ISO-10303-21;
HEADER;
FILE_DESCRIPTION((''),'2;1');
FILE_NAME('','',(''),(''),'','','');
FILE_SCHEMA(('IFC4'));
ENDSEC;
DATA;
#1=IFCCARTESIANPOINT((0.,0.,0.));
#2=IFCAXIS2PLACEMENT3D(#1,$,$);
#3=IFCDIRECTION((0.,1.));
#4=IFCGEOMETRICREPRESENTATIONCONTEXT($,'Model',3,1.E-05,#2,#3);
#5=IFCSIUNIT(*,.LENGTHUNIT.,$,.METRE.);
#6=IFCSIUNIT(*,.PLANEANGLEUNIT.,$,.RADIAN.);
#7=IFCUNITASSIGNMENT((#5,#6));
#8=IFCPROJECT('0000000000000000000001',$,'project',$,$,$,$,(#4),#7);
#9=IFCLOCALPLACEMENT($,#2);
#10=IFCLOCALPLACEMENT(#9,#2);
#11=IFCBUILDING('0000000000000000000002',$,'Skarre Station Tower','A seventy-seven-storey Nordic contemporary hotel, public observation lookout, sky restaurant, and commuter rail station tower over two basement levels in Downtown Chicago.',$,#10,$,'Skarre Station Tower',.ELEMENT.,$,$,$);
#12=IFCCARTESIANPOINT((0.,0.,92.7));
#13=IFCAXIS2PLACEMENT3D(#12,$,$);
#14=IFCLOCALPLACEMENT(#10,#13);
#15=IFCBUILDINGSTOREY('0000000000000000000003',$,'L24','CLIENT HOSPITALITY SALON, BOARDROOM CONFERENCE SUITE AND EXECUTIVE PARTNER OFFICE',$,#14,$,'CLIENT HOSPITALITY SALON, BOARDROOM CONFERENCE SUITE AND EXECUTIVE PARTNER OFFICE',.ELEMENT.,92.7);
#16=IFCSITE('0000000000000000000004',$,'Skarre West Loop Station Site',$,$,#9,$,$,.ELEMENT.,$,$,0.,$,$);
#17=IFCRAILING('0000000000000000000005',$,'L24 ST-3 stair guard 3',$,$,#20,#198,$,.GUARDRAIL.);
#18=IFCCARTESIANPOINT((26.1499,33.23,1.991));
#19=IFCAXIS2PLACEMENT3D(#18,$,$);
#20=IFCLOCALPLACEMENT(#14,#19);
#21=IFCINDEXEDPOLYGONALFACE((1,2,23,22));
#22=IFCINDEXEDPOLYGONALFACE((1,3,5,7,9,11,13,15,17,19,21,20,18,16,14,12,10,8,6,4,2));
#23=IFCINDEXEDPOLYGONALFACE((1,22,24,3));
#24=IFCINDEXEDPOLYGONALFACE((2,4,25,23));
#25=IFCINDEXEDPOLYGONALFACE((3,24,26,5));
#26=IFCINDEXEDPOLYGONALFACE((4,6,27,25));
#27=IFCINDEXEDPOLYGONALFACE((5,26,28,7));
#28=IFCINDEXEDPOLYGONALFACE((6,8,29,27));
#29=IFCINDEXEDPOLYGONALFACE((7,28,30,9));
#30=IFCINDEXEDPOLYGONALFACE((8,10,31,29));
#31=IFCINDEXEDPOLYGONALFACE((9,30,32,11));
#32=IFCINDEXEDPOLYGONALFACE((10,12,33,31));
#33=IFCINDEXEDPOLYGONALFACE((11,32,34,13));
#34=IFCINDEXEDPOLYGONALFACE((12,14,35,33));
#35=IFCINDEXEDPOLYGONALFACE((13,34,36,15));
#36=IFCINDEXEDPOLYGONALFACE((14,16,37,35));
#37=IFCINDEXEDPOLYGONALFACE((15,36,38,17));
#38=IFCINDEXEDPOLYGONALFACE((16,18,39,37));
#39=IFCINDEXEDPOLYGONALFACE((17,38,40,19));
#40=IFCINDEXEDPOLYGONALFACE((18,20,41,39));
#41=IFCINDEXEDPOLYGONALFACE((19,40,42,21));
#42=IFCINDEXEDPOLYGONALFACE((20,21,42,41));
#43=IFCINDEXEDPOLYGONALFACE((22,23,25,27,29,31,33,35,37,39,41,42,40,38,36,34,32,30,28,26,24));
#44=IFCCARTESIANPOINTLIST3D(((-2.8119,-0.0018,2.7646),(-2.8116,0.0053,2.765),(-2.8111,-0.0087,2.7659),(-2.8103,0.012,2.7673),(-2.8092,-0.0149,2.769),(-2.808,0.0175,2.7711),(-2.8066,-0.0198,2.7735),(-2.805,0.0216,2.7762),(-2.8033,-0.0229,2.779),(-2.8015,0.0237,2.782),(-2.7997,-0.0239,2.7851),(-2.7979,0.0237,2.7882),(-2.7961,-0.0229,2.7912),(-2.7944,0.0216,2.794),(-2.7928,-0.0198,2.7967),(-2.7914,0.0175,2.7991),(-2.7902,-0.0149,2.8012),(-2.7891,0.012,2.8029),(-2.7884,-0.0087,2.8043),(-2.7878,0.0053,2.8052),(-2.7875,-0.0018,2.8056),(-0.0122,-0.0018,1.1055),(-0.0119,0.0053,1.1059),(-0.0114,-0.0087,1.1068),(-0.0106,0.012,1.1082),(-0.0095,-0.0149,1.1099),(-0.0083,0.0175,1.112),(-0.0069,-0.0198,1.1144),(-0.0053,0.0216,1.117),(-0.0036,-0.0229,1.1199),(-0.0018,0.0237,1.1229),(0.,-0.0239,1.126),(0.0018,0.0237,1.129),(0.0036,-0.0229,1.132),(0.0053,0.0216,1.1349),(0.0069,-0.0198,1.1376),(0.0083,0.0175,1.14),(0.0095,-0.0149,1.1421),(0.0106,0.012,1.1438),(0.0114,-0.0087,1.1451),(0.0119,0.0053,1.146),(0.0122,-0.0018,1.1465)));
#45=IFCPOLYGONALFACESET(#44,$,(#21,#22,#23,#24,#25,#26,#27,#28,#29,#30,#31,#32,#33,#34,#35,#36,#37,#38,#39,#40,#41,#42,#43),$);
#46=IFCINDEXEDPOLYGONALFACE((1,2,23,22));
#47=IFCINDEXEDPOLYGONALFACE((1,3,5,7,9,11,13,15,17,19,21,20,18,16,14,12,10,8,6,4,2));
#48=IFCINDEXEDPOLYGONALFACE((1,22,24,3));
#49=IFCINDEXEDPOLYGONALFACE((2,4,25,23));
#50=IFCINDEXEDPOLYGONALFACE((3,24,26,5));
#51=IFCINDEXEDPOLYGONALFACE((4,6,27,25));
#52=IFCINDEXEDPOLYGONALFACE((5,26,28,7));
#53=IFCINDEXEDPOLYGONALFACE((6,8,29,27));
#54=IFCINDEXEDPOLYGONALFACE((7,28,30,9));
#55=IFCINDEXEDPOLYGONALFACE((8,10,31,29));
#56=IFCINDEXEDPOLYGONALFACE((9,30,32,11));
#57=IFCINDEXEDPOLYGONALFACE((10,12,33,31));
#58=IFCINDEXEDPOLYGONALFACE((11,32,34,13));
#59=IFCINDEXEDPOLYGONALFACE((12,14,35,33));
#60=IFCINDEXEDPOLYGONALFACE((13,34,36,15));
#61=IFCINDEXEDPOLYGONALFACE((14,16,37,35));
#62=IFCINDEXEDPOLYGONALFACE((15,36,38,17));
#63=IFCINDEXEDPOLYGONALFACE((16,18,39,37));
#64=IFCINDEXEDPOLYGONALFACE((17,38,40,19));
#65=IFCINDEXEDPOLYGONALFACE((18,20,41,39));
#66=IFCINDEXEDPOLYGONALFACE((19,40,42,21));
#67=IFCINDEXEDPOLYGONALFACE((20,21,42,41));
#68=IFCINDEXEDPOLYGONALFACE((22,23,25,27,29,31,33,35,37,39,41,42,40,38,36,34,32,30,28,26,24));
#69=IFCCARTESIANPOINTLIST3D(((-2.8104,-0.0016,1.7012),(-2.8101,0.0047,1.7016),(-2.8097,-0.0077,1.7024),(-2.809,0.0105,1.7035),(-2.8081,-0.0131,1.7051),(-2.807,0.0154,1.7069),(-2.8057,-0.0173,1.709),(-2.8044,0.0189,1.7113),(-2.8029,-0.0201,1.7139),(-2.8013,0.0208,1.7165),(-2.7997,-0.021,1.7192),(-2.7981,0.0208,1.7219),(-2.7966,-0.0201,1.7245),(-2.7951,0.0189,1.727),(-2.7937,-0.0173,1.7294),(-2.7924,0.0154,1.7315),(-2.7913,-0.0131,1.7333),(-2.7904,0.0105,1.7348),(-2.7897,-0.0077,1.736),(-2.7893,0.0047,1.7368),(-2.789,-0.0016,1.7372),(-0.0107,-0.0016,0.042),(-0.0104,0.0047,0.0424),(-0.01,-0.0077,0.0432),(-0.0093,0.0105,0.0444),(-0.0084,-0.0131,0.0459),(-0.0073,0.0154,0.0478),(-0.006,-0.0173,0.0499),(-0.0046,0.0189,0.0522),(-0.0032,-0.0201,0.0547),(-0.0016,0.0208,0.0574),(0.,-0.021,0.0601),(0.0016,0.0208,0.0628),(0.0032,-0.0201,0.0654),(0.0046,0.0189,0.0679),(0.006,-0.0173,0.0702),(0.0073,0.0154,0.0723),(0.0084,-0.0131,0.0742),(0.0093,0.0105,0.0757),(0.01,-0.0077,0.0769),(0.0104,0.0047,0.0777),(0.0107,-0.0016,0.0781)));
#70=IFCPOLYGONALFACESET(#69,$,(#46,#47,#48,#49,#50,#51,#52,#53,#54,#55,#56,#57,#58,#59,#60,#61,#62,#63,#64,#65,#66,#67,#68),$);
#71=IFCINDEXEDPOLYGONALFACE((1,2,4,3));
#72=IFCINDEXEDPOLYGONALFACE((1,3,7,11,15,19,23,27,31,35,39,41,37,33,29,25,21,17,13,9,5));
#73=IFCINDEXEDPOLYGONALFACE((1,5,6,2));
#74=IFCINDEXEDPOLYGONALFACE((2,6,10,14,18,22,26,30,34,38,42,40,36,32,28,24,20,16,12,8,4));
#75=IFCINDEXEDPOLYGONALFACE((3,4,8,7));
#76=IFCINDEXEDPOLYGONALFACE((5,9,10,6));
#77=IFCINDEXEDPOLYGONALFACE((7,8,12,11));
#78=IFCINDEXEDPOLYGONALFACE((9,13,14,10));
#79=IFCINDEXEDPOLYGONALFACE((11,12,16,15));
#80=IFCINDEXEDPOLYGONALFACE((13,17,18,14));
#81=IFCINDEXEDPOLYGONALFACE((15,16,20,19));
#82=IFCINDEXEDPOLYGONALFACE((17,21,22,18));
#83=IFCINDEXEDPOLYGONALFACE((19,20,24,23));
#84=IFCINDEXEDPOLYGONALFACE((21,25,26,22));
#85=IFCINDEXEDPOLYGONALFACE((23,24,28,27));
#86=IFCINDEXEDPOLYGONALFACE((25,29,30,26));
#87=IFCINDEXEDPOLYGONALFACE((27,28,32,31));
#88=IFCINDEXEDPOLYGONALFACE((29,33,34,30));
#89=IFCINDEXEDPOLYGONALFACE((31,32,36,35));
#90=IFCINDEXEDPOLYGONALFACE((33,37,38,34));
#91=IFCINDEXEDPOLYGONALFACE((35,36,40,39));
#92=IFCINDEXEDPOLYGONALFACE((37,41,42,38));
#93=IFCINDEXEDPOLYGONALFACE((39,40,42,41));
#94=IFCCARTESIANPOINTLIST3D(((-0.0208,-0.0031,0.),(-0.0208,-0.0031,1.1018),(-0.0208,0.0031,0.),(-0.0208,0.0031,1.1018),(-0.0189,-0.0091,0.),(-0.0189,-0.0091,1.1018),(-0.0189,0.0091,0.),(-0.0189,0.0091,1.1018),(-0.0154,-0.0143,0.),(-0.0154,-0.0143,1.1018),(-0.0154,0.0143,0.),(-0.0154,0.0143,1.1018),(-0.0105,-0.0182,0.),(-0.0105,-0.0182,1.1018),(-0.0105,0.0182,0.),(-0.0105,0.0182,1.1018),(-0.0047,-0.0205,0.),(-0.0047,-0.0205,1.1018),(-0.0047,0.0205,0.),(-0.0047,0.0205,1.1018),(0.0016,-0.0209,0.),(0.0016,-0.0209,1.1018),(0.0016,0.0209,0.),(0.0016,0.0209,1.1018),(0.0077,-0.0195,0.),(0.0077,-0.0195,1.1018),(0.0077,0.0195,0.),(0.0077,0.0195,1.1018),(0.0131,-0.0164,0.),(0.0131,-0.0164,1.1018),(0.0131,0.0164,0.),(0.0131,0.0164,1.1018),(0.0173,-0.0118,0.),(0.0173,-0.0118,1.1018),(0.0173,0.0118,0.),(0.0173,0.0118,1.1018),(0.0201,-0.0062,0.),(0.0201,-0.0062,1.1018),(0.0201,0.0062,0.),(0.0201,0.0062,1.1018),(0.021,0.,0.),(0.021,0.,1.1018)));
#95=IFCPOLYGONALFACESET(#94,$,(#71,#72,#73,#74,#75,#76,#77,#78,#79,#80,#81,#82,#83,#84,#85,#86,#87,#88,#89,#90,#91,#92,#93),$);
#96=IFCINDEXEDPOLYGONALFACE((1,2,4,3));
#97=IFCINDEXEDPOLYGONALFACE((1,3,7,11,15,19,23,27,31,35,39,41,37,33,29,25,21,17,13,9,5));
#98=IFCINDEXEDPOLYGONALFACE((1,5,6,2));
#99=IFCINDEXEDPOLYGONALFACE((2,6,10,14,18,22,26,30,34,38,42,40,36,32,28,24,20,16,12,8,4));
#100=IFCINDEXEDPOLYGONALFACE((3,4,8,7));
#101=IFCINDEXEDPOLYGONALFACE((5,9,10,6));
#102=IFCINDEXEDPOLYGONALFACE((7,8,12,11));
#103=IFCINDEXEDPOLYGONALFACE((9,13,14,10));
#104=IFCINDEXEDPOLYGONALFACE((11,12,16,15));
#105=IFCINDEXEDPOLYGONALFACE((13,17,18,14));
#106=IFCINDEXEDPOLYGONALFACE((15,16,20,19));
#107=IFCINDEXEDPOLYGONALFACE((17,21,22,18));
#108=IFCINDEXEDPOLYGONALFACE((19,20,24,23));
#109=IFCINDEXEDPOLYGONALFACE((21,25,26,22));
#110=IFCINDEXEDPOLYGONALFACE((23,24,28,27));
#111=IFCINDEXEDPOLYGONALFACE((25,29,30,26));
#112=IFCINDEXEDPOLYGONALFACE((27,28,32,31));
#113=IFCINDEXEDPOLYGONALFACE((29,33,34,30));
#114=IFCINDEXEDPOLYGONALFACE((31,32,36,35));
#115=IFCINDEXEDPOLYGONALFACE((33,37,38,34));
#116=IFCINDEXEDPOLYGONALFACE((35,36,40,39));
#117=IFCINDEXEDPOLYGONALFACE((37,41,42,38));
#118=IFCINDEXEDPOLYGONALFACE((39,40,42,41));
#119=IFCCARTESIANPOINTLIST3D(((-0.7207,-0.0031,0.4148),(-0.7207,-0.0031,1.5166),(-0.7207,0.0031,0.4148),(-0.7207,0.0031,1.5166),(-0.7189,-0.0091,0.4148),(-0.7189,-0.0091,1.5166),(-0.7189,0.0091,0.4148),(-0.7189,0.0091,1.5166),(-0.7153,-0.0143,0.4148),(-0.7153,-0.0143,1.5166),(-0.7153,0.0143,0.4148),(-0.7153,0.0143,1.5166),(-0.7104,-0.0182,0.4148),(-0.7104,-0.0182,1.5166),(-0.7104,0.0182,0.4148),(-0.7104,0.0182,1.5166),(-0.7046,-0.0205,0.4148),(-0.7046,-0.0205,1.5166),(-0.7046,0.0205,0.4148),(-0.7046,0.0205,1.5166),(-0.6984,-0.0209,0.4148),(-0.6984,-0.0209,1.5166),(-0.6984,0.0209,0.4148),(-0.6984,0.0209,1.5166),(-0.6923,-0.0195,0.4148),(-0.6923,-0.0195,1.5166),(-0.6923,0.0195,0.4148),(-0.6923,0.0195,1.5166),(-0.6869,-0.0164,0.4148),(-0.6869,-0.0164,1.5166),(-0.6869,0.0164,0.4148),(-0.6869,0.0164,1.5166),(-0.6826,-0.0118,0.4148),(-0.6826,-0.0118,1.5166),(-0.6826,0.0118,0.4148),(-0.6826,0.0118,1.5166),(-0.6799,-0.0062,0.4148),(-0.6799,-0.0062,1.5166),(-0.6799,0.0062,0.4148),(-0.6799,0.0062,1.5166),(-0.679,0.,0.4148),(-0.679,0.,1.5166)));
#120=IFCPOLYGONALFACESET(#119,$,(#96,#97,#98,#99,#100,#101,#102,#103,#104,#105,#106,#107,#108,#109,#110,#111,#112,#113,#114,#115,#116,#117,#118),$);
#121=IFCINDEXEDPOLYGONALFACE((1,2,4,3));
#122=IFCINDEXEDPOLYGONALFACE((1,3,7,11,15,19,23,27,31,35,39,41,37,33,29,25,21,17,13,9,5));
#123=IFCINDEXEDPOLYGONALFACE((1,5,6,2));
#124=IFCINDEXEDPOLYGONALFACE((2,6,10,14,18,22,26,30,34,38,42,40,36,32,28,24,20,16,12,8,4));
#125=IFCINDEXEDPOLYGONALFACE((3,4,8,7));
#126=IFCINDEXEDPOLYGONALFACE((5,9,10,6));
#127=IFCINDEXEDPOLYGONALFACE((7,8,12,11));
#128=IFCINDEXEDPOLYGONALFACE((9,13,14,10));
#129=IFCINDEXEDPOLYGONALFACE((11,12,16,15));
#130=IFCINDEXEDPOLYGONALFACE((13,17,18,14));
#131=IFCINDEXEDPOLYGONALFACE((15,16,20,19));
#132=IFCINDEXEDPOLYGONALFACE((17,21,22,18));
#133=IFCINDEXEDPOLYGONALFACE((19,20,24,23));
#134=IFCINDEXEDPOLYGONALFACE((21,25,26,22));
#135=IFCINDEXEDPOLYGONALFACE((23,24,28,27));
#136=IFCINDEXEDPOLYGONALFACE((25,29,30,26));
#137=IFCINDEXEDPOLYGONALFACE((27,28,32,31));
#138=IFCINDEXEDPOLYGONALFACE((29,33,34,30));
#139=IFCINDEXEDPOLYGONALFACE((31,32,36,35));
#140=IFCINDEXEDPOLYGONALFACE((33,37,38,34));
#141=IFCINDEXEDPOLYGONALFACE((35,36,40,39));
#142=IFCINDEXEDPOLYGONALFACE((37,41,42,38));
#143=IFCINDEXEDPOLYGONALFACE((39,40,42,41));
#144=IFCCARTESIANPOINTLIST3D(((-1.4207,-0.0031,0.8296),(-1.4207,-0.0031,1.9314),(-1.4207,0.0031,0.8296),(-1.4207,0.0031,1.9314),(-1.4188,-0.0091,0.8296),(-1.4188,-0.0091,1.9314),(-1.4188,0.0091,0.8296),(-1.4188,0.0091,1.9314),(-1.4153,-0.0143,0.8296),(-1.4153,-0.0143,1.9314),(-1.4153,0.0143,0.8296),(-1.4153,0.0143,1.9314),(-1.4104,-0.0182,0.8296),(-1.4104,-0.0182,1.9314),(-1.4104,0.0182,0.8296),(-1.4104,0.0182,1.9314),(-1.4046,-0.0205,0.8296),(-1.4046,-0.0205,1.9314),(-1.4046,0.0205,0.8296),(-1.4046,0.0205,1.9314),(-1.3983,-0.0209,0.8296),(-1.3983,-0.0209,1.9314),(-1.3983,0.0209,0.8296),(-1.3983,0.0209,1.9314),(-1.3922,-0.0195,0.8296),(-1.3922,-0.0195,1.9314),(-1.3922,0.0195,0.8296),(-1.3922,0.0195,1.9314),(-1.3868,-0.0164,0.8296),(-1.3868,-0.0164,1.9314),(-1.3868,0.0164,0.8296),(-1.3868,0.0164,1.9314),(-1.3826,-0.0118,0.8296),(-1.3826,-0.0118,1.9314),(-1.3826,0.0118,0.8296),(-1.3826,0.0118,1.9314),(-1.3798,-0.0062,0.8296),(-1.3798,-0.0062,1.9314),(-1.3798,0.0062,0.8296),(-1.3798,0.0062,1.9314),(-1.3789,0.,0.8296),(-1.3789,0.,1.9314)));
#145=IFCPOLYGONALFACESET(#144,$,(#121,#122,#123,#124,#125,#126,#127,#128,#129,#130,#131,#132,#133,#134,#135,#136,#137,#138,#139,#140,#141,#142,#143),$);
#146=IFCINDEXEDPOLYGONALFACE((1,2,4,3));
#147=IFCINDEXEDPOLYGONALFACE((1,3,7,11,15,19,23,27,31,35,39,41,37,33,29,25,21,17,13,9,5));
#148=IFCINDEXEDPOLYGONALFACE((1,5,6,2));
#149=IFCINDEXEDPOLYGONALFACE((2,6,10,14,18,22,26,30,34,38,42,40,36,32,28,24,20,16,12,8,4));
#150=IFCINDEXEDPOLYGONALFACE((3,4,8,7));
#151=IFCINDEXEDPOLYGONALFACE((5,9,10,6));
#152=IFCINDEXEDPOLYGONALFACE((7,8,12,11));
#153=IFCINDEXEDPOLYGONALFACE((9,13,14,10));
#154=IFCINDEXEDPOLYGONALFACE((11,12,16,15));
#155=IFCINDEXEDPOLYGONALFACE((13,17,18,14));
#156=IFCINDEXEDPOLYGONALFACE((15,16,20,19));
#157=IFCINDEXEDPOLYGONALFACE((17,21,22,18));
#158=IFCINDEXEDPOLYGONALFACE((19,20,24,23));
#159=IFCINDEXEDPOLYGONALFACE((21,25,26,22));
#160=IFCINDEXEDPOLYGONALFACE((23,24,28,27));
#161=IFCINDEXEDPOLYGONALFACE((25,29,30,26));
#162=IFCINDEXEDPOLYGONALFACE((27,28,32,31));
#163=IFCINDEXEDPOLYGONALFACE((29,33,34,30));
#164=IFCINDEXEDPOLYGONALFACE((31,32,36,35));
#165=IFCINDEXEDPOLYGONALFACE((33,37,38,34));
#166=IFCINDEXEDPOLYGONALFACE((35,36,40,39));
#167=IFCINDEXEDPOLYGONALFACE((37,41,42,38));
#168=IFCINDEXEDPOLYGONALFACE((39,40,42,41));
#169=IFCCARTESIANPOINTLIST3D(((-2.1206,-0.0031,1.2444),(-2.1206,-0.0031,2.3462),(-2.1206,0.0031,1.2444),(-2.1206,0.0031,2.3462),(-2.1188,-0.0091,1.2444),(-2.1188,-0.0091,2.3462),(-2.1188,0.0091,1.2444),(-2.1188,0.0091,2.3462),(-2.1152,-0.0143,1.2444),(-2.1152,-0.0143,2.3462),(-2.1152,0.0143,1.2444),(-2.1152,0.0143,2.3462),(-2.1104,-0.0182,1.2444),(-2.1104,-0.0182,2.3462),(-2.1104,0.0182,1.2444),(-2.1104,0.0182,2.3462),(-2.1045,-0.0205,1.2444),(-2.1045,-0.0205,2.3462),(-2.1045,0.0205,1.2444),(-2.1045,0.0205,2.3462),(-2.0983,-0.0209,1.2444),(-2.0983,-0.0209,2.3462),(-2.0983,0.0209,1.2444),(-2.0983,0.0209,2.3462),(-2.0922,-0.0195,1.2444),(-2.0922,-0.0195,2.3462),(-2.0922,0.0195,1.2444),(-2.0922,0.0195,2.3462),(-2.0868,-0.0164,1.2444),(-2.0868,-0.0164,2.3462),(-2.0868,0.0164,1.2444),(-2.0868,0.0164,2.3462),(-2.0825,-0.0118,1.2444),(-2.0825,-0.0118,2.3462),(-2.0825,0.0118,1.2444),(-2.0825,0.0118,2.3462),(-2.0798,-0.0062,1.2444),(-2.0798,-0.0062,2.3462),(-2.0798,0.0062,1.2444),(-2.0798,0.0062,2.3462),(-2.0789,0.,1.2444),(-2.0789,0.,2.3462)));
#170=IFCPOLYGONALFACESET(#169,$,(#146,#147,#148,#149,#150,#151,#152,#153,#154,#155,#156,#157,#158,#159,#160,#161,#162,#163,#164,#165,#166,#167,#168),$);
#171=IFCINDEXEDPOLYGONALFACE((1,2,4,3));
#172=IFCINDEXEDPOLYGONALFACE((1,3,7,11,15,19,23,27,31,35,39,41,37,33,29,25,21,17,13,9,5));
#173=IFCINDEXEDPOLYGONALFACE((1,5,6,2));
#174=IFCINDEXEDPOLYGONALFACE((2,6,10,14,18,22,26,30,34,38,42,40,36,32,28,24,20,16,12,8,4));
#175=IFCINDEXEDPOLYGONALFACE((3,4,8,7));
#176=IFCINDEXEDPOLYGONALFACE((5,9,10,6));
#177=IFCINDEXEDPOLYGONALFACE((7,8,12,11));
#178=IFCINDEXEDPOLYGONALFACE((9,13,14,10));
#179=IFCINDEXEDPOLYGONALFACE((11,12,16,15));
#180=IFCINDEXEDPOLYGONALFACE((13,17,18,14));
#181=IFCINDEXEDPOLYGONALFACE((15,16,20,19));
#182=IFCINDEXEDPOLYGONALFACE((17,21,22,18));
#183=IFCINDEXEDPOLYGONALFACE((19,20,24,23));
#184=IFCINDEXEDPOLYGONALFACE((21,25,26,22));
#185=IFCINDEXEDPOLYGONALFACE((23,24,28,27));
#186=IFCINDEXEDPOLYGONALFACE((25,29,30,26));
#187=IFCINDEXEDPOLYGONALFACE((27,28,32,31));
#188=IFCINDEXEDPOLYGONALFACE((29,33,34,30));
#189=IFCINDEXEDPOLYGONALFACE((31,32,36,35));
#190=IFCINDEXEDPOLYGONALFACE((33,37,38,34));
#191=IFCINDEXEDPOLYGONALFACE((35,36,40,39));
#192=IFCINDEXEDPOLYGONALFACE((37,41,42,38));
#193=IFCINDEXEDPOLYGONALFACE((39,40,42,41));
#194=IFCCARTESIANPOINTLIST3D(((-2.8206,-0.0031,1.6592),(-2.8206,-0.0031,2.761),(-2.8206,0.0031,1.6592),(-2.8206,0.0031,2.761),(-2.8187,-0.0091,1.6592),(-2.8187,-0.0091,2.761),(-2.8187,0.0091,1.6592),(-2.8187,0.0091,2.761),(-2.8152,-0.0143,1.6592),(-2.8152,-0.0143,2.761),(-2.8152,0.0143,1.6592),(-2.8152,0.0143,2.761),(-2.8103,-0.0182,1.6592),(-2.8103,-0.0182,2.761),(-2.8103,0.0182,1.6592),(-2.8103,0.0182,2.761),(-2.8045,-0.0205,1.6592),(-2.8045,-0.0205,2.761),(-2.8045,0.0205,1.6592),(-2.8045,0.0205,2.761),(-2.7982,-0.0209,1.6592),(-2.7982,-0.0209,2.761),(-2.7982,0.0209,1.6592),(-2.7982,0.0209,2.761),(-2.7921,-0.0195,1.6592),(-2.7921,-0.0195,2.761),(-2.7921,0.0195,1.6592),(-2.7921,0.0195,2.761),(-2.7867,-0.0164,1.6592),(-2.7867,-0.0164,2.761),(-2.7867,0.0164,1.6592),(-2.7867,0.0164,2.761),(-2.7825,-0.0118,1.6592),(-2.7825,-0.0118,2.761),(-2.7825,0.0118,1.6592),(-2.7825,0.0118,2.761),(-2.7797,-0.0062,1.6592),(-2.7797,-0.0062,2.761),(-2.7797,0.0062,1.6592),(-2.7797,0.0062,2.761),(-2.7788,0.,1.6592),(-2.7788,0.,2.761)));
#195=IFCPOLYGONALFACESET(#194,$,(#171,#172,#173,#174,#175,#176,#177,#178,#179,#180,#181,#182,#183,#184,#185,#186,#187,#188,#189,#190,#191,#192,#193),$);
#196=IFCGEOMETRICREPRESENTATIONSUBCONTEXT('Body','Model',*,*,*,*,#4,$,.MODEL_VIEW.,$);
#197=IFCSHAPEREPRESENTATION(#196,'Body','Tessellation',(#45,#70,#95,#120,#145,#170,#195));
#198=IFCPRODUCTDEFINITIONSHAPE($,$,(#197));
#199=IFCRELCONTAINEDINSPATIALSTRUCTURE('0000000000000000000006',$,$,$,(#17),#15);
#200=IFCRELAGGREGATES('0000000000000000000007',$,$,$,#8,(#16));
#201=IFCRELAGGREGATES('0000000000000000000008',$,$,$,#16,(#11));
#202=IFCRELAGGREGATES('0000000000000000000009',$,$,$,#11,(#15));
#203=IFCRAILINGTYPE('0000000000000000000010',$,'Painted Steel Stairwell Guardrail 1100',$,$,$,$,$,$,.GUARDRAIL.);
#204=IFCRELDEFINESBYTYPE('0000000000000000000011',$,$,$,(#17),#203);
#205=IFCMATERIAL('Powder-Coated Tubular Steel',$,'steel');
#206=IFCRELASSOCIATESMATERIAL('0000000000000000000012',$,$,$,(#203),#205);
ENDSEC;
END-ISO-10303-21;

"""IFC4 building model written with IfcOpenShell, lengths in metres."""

from ifc_helpers import new_model, si_unit, direction, frame, origin, origin_2d, place, context, subcontext, project, spatial, circle, extrude, material, type_object, element, save


model = new_model("IFC4")

# Units and contexts
model_context = context("Model", 3, precision=1e-05, world=origin(), true_north=direction((0.0, 1.0)))
body_context = subcontext(model_context, "Body", "Model", "MODEL_VIEW")
ifc_project = project(units=[si_unit("LENGTHUNIT", "METRE"), si_unit("PLANEANGLEUNIT", "RADIAN")], contexts=[model_context])

# Site, building, storey
site_placement = place(None, origin())
site = spatial("IfcSite", under=ifc_project, at=site_placement, Name="Skarre West Loop Station Site", CompositionType="ELEMENT", RefElevation=0.0)
building_placement = place(site_placement, origin())
building = spatial("IfcBuilding", under=site, at=building_placement, Name="Skarre Station Tower", Description="A seventy-seven-storey Nordic contemporary hotel, public observation lookout, sky restaurant, and commuter rail station tower over two basement levels in Downtown Chicago.", LongName="Skarre Station Tower", CompositionType="ELEMENT")
storey_placement = place(building_placement, frame((0.0, 0.0, 92.7)))
storey = spatial("IfcBuildingStorey", under=building, at=storey_placement, Name="L24", Description="CLIENT HOSPITALITY SALON, BOARDROOM CONFERENCE SUITE AND EXECUTIVE PARTNER OFFICE", LongName="CLIENT HOSPITALITY SALON, BOARDROOM CONFERENCE SUITE AND EXECUTIVE PARTNER OFFICE", CompositionType="ELEMENT", Elevation=92.7)

# Railing
ifc_material_1 = material(Name="Powder-Coated Tubular Steel", Category="steel")
railing_type_1 = type_object("IfcRailingType", Name="Painted Steel Stairwell Guardrail 1100", PredefinedType="GUARDRAIL", material=ifc_material_1)
railing_1_placement = place(storey_placement, frame((26.1499, 33.23, 1.991)))
element("IfcRailing", 1, at=railing_1_placement, inside=storey, type_object=railing_type_1, Name="L24 ST-3 stair guard 3", PredefinedType="GUARDRAIL", context=body_context, shape_type="SweptSolid", body=[
    extrude(circle(Radius=0.0239, at=origin_2d()), frame((0.0, 0.0, 1.126), z_axis=(-0.860287, 0.0, 0.509811), x_axis=(0.0, -1.0, 0.0)), (0.0, 0.0, 1.0), 3.2544),
    extrude(circle(Radius=0.021, at=origin_2d()), frame((0.0, 0.0, 0.0601), z_axis=(-0.860287, 0.0, 0.509811), x_axis=(0.0, -1.0, 0.0)), (0.0, 0.0, 1.0), 3.2544),
    extrude(circle(Radius=0.021, at=origin_2d()), origin(), (0.0, 0.0, 1.0), 1.1018),
    extrude(circle(Radius=0.021, at=origin_2d()), frame((-0.7, 0.0, 0.4148)), (0.0, 0.0, 1.0), 1.1018),
    extrude(circle(Radius=0.021, at=origin_2d()), frame((-1.3999, 0.0, 0.8296)), (0.0, 0.0, 1.0), 1.1018),
    extrude(circle(Radius=0.021, at=origin_2d()), frame((-2.0999, 0.0, 1.2444)), (0.0, 0.0, 1.0), 1.1018),
    extrude(circle(Radius=0.021, at=origin_2d()), frame((-2.7998, 0.0, 1.6592)), (0.0, 0.0, 1.0), 1.1018),
])

save(model, "model.ifc")
